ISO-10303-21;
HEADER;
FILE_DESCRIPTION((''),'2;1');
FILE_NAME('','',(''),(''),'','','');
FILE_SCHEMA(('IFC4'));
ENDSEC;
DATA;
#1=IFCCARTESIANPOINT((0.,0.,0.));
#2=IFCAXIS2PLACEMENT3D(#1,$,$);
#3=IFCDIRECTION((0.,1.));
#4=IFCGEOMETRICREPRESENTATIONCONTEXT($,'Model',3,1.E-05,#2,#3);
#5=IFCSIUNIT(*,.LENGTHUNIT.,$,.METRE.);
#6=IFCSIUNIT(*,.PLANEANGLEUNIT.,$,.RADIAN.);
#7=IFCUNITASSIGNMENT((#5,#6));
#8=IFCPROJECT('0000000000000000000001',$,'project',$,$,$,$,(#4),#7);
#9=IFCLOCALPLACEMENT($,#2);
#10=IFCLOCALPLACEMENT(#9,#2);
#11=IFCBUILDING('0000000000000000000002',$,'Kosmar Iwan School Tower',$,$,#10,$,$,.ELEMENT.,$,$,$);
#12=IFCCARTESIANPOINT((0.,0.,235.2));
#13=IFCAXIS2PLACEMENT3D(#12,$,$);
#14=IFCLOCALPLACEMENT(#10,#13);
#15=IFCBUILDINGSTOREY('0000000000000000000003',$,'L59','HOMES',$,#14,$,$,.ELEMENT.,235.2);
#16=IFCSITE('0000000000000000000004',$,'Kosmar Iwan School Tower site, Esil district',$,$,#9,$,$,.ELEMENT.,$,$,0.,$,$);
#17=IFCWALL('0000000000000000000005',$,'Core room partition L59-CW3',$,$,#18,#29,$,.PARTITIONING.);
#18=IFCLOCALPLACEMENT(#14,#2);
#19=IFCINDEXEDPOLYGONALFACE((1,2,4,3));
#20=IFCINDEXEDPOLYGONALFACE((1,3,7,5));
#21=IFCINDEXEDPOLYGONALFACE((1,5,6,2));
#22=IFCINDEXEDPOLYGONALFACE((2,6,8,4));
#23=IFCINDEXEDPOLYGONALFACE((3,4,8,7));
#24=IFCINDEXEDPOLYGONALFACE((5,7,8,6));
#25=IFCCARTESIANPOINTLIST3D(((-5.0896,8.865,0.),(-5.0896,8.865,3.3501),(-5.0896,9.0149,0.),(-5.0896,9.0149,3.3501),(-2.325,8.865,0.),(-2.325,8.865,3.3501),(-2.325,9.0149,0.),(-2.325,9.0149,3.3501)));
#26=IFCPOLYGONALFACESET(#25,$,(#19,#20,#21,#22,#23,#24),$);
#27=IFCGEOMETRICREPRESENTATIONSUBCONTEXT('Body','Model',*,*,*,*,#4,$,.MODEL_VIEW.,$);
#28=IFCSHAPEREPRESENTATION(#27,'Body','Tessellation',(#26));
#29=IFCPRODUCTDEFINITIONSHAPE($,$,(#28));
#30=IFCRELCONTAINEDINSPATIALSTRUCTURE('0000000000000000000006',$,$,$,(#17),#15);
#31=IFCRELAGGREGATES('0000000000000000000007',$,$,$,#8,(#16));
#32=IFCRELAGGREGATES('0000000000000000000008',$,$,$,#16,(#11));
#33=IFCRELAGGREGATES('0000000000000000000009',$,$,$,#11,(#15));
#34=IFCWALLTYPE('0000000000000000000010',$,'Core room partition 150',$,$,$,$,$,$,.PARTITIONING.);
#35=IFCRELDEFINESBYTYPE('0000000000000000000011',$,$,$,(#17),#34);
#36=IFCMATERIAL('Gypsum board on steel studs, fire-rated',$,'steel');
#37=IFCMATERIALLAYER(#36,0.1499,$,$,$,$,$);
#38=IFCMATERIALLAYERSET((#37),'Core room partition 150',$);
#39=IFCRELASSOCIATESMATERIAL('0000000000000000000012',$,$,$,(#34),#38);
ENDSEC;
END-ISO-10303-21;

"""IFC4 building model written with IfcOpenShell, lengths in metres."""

from ifc_helpers import new_model, si_unit, direction, frame, frame_2d, origin, place, context, subcontext, project, spatial, rectangle, extrude, material, layer, layer_set, type_object, element, save


model = new_model("IFC4")

# Units and contexts
model_context = context("Model", 3, precision=1e-05, world=origin(), true_north=direction((0.0, 1.0)))
body_context = subcontext(model_context, "Body", "Model", "MODEL_VIEW")
ifc_project = project(units=[si_unit("LENGTHUNIT", "METRE"), si_unit("PLANEANGLEUNIT", "RADIAN")], contexts=[model_context])

# Site, building, storey
site_placement = place(None, origin())
site = spatial("IfcSite", under=ifc_project, at=site_placement, Name="Kosmar Iwan School Tower site, Esil district", CompositionType="ELEMENT", RefElevation=0.0)
building_placement = place(site_placement, origin())
building = spatial("IfcBuilding", under=site, at=building_placement, Name="Kosmar Iwan School Tower", CompositionType="ELEMENT")
storey_placement = place(building_placement, frame((0.0, 0.0, 235.2)))
storey = spatial("IfcBuildingStorey", under=building, at=storey_placement, Name="L59", Description="HOMES", CompositionType="ELEMENT", Elevation=235.2)

# Wall
ifc_material_1 = material(Name="Gypsum board on steel studs, fire-rated", Category="steel")
ifc_layer_1 = layer(ifc_material_1, 0.1499)
ifc_layer_set_1 = layer_set([ifc_layer_1], Name="Core room partition 150")
wall_type_1 = type_object("IfcWallType", Name="Core room partition 150", PredefinedType="PARTITIONING", material=ifc_layer_set_1)
wall_1_placement = place(storey_placement, frame((-5.0896, 8.9399, 0.0), z_axis=(0.0, 0.0, 1.0), x_axis=(1.0, 0.0, 0.0)))
element("IfcWall", 1, at=wall_1_placement, inside=storey, type_object=wall_type_1, Name="Core room partition L59-CW3", PredefinedType="PARTITIONING", context=body_context, shape_type="SweptSolid", body=[
    extrude(rectangle(XDim=2.7646, YDim=0.1499, at=frame_2d((1.3823, 0.0))), origin(), (0.0, 0.0, 1.0), 3.3501),
])

save(model, "model.ifc")
